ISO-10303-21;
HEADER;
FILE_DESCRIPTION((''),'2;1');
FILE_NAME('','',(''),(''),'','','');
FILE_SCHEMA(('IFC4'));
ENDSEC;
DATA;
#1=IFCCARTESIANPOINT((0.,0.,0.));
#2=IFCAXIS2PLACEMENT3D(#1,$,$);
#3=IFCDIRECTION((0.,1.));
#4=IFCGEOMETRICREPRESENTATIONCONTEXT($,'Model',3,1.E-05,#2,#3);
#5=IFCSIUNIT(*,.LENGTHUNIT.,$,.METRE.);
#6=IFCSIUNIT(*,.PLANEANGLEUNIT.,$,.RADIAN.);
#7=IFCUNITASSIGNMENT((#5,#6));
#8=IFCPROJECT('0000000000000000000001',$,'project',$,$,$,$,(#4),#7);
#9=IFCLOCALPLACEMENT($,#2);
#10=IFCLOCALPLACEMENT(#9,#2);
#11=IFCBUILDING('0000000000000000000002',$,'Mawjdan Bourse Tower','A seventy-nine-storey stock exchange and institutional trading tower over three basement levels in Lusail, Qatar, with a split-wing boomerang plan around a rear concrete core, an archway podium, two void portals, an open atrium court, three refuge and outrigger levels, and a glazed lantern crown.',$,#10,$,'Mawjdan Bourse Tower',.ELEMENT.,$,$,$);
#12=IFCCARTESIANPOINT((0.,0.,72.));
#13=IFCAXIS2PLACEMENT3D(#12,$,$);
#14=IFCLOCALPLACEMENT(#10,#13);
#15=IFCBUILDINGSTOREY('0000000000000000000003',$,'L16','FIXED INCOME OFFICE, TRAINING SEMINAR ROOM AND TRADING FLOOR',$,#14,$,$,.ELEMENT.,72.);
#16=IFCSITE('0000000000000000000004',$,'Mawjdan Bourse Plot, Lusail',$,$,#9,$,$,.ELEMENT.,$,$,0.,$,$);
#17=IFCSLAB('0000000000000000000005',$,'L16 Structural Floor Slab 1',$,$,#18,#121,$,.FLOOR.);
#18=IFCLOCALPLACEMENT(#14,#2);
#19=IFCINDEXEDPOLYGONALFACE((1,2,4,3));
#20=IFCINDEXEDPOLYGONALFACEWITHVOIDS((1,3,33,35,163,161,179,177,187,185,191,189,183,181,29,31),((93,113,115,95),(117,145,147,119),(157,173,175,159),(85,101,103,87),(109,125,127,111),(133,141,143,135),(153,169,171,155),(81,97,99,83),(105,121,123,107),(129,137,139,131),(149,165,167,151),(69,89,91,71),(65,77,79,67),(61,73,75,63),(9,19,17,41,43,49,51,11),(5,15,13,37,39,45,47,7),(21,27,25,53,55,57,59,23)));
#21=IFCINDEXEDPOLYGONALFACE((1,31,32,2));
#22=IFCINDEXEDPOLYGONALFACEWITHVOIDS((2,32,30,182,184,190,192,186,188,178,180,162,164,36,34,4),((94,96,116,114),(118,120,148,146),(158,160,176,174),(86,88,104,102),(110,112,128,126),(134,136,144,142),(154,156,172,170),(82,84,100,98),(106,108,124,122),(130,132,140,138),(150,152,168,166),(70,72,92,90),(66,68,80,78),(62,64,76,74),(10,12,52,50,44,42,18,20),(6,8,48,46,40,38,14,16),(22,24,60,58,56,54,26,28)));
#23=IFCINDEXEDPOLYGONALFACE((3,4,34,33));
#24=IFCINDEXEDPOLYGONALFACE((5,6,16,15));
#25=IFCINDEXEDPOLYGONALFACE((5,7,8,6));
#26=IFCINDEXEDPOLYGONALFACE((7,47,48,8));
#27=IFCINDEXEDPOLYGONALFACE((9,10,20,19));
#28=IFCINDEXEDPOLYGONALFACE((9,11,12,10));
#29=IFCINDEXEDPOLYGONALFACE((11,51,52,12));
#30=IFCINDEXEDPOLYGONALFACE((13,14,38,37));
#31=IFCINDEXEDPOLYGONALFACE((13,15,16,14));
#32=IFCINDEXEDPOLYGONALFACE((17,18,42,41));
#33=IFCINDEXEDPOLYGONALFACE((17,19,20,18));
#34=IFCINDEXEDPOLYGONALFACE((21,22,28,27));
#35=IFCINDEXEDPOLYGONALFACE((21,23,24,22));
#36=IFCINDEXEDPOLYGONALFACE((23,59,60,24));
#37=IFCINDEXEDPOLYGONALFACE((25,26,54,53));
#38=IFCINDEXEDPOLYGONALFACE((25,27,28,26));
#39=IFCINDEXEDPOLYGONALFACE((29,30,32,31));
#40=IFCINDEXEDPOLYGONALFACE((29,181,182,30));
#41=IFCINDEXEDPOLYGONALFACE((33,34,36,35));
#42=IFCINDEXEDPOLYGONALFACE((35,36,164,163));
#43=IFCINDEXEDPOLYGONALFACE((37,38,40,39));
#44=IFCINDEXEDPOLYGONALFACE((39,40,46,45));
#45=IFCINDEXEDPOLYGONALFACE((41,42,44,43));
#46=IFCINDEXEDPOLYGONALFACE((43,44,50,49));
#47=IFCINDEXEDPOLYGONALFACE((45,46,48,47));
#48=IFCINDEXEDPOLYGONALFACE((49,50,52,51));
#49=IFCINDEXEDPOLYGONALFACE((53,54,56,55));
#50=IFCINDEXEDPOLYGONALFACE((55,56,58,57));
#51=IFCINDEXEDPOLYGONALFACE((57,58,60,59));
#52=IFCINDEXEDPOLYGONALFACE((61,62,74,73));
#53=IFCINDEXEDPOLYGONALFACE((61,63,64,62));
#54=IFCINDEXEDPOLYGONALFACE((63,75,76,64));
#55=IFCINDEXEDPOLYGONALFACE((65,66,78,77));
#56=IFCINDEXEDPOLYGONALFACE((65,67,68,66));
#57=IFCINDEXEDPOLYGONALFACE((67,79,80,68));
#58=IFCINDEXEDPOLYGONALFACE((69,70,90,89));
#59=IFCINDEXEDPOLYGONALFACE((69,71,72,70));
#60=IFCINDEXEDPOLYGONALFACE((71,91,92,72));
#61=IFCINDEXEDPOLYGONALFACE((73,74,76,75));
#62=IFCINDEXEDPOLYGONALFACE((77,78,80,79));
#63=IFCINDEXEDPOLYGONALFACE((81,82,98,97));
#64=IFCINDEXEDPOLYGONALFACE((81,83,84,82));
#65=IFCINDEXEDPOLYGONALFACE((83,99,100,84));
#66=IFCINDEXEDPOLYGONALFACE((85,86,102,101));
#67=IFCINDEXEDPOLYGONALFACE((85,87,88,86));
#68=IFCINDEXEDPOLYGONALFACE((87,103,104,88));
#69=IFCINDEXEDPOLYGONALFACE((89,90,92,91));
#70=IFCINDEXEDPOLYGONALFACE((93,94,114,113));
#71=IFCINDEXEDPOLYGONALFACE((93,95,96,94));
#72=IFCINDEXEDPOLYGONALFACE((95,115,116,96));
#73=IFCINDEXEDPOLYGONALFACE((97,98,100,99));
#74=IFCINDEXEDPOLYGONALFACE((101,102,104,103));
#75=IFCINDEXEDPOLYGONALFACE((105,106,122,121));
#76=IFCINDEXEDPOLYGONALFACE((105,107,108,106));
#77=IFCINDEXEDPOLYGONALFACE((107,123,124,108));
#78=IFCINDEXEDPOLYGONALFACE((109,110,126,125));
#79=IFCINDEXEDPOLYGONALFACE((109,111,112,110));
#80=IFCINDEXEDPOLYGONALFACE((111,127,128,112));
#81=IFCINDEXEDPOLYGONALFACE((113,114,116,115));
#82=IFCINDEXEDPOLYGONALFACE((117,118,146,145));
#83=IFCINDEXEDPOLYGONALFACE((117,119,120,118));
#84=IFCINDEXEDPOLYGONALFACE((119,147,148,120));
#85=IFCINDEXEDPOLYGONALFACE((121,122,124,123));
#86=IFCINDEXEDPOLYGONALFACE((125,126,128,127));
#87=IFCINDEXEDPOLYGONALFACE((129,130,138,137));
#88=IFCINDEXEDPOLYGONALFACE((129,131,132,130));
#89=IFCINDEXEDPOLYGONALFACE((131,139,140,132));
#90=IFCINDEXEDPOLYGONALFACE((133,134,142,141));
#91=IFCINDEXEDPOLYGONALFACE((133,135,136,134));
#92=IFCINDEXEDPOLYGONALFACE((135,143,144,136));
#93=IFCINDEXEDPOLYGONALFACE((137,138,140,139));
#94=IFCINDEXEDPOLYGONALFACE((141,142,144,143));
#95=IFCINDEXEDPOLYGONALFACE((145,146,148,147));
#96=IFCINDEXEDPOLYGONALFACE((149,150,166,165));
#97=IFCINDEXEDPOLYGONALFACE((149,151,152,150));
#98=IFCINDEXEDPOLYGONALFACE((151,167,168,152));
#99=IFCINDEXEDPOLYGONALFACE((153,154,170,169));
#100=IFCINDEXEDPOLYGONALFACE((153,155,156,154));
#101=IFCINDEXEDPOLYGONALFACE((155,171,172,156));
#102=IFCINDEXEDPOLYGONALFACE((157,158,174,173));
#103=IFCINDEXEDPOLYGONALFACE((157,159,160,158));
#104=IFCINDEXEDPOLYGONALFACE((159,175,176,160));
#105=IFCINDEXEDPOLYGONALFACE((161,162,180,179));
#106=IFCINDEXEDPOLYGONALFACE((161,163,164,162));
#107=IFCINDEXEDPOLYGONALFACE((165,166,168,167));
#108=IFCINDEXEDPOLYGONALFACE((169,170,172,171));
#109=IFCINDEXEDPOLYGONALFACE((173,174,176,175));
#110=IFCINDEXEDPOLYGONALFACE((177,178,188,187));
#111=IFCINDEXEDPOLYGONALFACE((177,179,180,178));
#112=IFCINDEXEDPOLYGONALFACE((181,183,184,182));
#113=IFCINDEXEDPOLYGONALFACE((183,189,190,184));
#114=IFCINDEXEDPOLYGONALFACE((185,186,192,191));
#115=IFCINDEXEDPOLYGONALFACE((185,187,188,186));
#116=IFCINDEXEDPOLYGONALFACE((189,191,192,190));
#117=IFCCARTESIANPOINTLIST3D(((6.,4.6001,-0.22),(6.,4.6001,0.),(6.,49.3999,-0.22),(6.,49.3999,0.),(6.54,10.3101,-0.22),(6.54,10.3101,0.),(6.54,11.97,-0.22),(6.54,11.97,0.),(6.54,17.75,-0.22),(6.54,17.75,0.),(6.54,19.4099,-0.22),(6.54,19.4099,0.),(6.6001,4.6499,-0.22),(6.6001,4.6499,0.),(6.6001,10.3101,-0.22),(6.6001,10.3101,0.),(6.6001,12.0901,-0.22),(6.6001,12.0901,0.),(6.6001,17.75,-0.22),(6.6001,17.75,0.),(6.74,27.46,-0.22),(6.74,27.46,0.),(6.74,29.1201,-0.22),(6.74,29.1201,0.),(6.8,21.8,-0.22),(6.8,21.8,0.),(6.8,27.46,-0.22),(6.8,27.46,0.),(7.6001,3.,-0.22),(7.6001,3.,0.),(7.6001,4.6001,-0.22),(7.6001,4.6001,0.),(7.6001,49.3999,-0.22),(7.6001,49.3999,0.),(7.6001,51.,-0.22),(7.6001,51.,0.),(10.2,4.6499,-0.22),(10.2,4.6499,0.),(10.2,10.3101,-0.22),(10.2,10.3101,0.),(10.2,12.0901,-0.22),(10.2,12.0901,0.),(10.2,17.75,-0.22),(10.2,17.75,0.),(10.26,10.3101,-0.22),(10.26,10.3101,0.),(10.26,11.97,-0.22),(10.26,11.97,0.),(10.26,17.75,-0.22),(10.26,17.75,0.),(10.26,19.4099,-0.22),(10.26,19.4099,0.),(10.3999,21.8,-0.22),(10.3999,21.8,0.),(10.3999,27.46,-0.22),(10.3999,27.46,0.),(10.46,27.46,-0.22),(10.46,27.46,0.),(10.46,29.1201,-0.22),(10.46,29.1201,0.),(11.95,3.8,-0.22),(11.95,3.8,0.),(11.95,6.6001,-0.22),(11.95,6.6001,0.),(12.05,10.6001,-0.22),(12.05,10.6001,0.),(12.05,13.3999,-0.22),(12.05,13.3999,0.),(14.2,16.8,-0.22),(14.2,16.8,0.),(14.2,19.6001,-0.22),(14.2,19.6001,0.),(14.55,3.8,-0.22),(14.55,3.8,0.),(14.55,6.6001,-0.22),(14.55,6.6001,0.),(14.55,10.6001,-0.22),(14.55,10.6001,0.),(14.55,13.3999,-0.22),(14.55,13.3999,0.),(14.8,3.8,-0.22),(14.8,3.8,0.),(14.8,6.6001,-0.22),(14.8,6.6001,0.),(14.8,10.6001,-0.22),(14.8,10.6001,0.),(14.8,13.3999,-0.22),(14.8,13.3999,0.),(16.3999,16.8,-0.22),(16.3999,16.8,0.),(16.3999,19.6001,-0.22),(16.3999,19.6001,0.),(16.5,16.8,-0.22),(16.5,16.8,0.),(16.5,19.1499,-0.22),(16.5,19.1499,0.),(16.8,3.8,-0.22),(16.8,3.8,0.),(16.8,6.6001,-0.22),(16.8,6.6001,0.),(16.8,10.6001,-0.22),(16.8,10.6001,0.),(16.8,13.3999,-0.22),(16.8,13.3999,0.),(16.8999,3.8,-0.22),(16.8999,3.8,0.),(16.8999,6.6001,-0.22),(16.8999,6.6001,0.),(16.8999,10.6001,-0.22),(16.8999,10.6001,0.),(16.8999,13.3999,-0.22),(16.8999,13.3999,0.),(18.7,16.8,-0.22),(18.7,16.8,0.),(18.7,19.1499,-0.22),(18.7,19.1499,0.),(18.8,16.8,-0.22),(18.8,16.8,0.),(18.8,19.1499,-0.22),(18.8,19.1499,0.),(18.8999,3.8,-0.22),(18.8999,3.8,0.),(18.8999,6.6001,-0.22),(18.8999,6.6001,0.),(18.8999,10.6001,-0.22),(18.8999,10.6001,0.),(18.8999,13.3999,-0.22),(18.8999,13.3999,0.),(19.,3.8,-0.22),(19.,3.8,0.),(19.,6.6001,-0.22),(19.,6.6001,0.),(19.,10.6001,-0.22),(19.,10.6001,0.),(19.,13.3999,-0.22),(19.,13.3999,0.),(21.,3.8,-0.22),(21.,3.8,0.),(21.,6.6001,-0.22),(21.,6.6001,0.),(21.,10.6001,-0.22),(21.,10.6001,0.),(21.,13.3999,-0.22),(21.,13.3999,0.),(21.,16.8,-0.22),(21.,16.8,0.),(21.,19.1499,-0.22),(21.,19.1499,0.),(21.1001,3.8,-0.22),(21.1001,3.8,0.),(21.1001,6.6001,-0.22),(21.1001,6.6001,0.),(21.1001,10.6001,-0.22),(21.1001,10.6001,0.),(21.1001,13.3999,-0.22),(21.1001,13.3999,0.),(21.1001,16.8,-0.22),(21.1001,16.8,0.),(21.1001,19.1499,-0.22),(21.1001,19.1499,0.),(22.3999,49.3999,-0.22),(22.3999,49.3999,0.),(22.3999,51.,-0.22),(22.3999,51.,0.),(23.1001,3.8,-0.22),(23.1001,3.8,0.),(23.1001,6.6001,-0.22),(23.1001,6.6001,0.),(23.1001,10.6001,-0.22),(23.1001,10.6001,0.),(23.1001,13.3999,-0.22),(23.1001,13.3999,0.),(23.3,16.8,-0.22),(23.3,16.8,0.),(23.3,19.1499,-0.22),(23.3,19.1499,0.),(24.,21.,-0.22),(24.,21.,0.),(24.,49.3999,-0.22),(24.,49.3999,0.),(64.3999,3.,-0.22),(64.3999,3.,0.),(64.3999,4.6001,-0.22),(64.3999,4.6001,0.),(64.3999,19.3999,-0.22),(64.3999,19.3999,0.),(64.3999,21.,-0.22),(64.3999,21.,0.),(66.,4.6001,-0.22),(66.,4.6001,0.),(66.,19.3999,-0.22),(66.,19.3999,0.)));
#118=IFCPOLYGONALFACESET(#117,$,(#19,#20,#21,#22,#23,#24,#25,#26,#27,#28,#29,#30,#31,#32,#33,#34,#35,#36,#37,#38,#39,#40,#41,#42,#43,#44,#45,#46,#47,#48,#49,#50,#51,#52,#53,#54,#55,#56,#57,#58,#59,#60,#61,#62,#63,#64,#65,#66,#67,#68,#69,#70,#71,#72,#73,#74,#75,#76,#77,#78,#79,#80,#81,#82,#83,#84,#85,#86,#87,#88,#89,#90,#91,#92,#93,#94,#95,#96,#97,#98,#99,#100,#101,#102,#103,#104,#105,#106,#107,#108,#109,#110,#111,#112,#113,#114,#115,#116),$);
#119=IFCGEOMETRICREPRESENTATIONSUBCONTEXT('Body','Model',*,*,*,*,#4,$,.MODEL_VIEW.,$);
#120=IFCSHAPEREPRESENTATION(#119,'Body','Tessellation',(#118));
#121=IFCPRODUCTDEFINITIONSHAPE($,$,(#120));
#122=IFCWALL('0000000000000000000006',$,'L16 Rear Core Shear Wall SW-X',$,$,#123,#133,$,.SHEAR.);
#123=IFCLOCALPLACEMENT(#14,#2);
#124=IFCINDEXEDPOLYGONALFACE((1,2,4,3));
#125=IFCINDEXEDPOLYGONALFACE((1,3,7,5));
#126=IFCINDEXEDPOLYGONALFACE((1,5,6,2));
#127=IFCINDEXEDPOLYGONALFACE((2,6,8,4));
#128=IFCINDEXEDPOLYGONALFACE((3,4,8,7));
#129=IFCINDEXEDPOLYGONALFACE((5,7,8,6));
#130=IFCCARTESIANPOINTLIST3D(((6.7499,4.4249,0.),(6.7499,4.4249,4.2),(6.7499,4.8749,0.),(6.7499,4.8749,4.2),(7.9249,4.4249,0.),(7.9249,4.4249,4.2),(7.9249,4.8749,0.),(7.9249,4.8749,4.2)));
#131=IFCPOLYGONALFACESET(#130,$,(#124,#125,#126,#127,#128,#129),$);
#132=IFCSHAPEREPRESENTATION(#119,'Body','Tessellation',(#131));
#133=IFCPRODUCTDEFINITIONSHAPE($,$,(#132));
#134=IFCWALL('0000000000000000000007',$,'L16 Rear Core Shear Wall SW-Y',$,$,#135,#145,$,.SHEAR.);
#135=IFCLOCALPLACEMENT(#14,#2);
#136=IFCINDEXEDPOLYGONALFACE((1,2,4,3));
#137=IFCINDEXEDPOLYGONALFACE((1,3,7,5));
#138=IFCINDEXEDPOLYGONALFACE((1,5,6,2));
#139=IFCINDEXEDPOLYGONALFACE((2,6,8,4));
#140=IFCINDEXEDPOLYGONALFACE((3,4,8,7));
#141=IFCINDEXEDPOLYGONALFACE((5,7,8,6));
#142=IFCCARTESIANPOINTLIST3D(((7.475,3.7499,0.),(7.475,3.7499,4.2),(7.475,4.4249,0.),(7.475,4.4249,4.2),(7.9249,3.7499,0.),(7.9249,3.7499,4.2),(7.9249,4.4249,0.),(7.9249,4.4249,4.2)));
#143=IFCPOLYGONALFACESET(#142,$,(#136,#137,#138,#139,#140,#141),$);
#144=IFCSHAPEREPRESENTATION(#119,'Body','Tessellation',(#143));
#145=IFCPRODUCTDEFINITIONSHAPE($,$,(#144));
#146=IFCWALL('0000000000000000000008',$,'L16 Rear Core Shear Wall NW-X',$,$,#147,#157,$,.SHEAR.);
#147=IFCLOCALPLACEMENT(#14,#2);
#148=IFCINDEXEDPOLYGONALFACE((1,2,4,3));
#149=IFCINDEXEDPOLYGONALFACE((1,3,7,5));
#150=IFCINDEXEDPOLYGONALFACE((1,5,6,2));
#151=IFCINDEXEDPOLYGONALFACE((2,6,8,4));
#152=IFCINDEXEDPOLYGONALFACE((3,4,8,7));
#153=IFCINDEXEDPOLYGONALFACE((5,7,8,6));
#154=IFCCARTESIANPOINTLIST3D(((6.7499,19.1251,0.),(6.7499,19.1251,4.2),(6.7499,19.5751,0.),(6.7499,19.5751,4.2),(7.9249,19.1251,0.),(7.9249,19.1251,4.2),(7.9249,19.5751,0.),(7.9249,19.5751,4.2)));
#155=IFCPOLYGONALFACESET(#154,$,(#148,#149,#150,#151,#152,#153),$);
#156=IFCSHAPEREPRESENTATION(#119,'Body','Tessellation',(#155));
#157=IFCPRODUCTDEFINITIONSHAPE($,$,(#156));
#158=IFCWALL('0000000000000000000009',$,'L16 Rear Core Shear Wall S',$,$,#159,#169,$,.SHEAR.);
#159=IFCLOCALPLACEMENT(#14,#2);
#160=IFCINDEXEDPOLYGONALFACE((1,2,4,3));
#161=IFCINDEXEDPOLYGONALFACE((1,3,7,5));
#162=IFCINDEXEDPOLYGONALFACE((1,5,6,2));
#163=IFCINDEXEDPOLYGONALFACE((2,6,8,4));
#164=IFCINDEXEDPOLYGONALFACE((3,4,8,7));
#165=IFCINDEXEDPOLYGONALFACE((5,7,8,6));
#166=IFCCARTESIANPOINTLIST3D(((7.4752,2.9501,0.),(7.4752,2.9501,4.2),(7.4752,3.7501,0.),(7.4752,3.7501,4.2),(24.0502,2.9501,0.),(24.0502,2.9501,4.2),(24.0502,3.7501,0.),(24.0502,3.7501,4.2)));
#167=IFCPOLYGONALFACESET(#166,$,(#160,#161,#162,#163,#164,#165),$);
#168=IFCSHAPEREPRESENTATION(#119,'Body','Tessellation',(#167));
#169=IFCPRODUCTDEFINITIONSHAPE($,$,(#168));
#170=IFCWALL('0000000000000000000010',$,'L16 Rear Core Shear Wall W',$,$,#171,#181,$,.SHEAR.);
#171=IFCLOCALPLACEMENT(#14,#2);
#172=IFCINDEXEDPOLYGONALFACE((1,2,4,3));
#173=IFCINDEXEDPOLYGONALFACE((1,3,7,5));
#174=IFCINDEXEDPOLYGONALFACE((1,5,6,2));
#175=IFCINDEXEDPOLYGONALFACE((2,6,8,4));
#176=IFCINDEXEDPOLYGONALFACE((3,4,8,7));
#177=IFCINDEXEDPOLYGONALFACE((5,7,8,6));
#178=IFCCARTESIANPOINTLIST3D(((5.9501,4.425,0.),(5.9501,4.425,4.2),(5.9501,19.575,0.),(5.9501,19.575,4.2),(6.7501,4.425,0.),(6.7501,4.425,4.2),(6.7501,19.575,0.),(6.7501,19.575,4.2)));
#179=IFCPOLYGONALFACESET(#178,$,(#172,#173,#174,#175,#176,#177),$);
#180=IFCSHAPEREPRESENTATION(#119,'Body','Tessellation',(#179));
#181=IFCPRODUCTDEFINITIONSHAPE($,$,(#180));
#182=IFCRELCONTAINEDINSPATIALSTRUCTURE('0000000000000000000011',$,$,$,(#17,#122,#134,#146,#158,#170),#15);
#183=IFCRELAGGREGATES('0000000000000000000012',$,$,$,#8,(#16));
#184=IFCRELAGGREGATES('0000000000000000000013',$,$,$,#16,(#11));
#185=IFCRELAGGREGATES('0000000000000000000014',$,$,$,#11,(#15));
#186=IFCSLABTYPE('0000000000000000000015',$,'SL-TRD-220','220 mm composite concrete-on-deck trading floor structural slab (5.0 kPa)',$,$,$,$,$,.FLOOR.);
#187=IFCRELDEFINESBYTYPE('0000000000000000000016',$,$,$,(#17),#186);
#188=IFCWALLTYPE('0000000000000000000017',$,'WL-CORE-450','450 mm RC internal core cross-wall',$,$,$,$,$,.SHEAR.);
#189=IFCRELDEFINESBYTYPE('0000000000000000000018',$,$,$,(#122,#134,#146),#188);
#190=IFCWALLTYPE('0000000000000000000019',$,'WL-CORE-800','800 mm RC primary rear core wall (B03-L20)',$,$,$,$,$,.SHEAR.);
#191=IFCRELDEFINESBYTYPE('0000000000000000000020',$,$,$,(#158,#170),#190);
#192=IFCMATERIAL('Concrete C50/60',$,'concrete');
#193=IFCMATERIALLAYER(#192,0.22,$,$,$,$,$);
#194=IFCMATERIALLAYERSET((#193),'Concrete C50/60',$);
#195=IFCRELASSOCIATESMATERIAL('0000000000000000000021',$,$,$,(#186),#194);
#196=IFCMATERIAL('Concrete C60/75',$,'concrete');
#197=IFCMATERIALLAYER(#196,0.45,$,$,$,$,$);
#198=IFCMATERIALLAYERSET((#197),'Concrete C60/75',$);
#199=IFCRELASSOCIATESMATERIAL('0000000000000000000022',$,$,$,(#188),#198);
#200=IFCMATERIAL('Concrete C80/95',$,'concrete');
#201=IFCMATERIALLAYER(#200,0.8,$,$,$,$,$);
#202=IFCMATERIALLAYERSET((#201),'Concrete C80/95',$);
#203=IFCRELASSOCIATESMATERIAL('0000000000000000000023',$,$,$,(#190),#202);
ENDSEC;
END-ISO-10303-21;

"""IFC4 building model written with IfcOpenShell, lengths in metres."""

from ifc_helpers import new_model, si_unit, direction, frame, frame_2d, origin, place, context, subcontext, project, spatial, polyline, rectangle, outline, extrude, material, layer, layer_set, type_object, element, save


model = new_model("IFC4")

# Units and contexts
model_context = context("Model", 3, precision=1e-05, world=origin(), true_north=direction((0.0, 1.0)))
body_context = subcontext(model_context, "Body", "Model", "MODEL_VIEW")
ifc_project = project(units=[si_unit("LENGTHUNIT", "METRE"), si_unit("PLANEANGLEUNIT", "RADIAN")], contexts=[model_context])

# Site, building, storey
site_placement = place(None, origin())
site = spatial("IfcSite", under=ifc_project, at=site_placement, Name="Mawjdan Bourse Plot, Lusail", CompositionType="ELEMENT", RefElevation=0.0)
building_placement = place(site_placement, origin())
building = spatial("IfcBuilding", under=site, at=building_placement, Name="Mawjdan Bourse Tower", Description="A seventy-nine-storey stock exchange and institutional trading tower over three basement levels in Lusail, Qatar, with a split-wing boomerang plan around a rear concrete core, an archway podium, two void portals, an open atrium court, three refuge and outrigger levels, and a glazed lantern crown.", LongName="Mawjdan Bourse Tower", CompositionType="ELEMENT")
storey_placement = place(building_placement, frame((0.0, 0.0, 72.0)))
storey = spatial("IfcBuildingStorey", under=building, at=storey_placement, Name="L16", Description="FIXED INCOME OFFICE, TRAINING SEMINAR ROOM AND TRADING FLOOR", CompositionType="ELEMENT", Elevation=72.0)

# Shared definitions
ifc_material_1 = material(Name="Concrete C50/60", Category="concrete")

# Slab
ifc_layer_1 = layer(ifc_material_1, 0.22)
ifc_layer_set_1 = layer_set([ifc_layer_1], Name="Concrete C50/60")
slab_type_1 = type_object("IfcSlabType", Name="SL-TRD-220", Description="220 mm composite concrete-on-deck trading floor structural slab (5.0 kPa)", PredefinedType="FLOOR", material=ifc_layer_set_1)
slab_1_placement = place(storey_placement, frame((0.0, 0.0, -0.22)))
element("IfcSlab", 1, at=slab_1_placement, inside=storey, type_object=slab_type_1, Name="L16 Structural Floor Slab 1", PredefinedType="FLOOR", context=body_context, shape_type="SweptSolid", body=[
    extrude(outline(polyline([(7.6001, 3.0), (64.3999, 3.0), (64.3999, 4.6001), (66.0, 4.6001), (66.0, 19.3999), (64.3999, 19.3999), (64.3999, 21.0), (24.0, 21.0), (24.0, 49.3999), (22.3999, 49.3999), (22.3999, 51.0), (7.6001, 51.0), (7.6001, 49.3999), (6.0, 49.3999), (6.0, 4.6001), (7.6001, 4.6001), (7.6001, 3.0)]), holes=[polyline([(11.95, 3.8), (11.95, 6.6001), (14.55, 6.6001), (14.55, 3.8), (11.95, 3.8)]), polyline([(14.8, 3.8), (14.8, 6.6001), (16.8, 6.6001), (16.8, 3.8), (14.8, 3.8)]), polyline([(10.26, 11.97), (10.26, 10.3101), (10.2, 10.3101), (10.2, 4.6499), (6.6001, 4.6499), (6.6001, 10.3101), (6.54, 10.3101), (6.54, 11.97), (10.26, 11.97)]), polyline([(12.05, 13.3999), (14.55, 13.3999), (14.55, 10.6001), (12.05, 10.6001), (12.05, 13.3999)]), polyline([(6.6001, 17.75), (6.54, 17.75), (6.54, 19.4099), (10.26, 19.4099), (10.26, 17.75), (10.2, 17.75), (10.2, 12.0901), (6.6001, 12.0901), (6.6001, 17.75)]), polyline([(14.2, 16.8), (14.2, 19.6001), (16.3999, 19.6001), (16.3999, 16.8), (14.2, 16.8)]), polyline([(10.46, 27.46), (10.3999, 27.46), (10.3999, 21.8), (6.8, 21.8), (6.8, 27.46), (6.74, 27.46), (6.74, 29.1201), (10.46, 29.1201), (10.46, 27.46)]), polyline([(16.8999, 3.8), (16.8999, 6.6001), (18.8999, 6.6001), (18.8999, 3.8), (16.8999, 3.8)]), polyline([(19.0, 3.8), (19.0, 6.6001), (21.0, 6.6001), (21.0, 3.8), (19.0, 3.8)]), polyline([(21.1001, 3.8), (21.1001, 6.6001), (23.1001, 6.6001), (23.1001, 3.8), (21.1001, 3.8)]), polyline([(14.8, 13.3999), (16.8, 13.3999), (16.8, 10.6001), (14.8, 10.6001), (14.8, 13.3999)]), polyline([(16.8999, 13.3999), (18.8999, 13.3999), (18.8999, 10.6001), (16.8999, 10.6001), (16.8999, 13.3999)]), polyline([(19.0, 10.6001), (19.0, 13.3999), (21.0, 13.3999), (21.0, 10.6001), (19.0, 10.6001)]), polyline([(21.1001, 10.6001), (21.1001, 13.3999), (23.1001, 13.3999), (23.1001, 10.6001), (21.1001, 10.6001)]), polyline([(16.5, 16.8), (16.5, 19.1499), (18.7, 19.1499), (18.7, 16.8), (16.5, 16.8)]), polyline([(18.8, 19.1499), (21.0, 19.1499), (21.0, 16.8), (18.8, 16.8), (18.8, 19.1499)]), polyline([(21.1001, 19.1499), (23.3, 19.1499), (23.3, 16.8), (21.1001, 16.8), (21.1001, 19.1499)])]), origin(), (0.0, 0.0, 1.0), 0.22),
])

# Walls
ifc_material_2 = material(Name="Concrete C60/75", Category="concrete")
ifc_layer_2 = layer(ifc_material_2, 0.45)
ifc_layer_set_2 = layer_set([ifc_layer_2], Name="Concrete C60/75")
wall_type_1 = type_object("IfcWallType", Name="WL-CORE-450", Description="450 mm RC internal core cross-wall", PredefinedType="SHEAR", material=ifc_layer_set_2)
wall_1_placement = place(storey_placement, frame((6.75, 4.6499, 0.0), z_axis=(0.0, 0.0, 1.0), x_axis=(1.0, 0.0, 0.0)))
element("IfcWall", 2, at=wall_1_placement, inside=storey, type_object=wall_type_1, Name="L16 Rear Core Shear Wall SW-X", PredefinedType="SHEAR", context=body_context, shape_type="SweptSolid", body=[
    extrude(rectangle(XDim=1.175, YDim=0.45, at=frame_2d((0.5874, 0.0))), origin(), (0.0, 0.0, 1.0), 4.2),
])
wall_2_placement = place(storey_placement, frame((7.7, 3.75, 0.0), z_axis=(0.0, 0.0, 1.0), x_axis=(0.0, 1.0, 0.0)))
element("IfcWall", 3, at=wall_2_placement, inside=storey, type_object=wall_type_1, Name="L16 Rear Core Shear Wall SW-Y", PredefinedType="SHEAR", context=body_context, shape_type="SweptSolid", body=[
    extrude(rectangle(XDim=0.675, YDim=0.45, at=frame_2d((0.3374, 0.0))), origin(), (0.0, 0.0, 1.0), 4.2),
])
wall_3_placement = place(storey_placement, frame((6.75, 19.3501, 0.0), z_axis=(0.0, 0.0, 1.0), x_axis=(1.0, 0.0, 0.0)))
element("IfcWall", 4, at=wall_3_placement, inside=storey, type_object=wall_type_1, Name="L16 Rear Core Shear Wall NW-X", PredefinedType="SHEAR", context=body_context, shape_type="SweptSolid", body=[
    extrude(rectangle(XDim=1.175, YDim=0.45, at=frame_2d((0.5874, 0.0))), origin(), (0.0, 0.0, 1.0), 4.2),
])
ifc_material_3 = material(Name="Concrete C80/95", Category="concrete")
ifc_layer_3 = layer(ifc_material_3, 0.8)
ifc_layer_set_3 = layer_set([ifc_layer_3], Name="Concrete C80/95")
wall_type_2 = type_object("IfcWallType", Name="WL-CORE-800", Description="800 mm RC primary rear core wall (B03-L20)", PredefinedType="SHEAR", material=ifc_layer_set_3)
wall_4_placement = place(storey_placement, frame((7.4751, 3.3501, 0.0), z_axis=(0.0, 0.0, 1.0), x_axis=(1.0, 0.0, 0.0)))
element("IfcWall", 5, at=wall_4_placement, inside=storey, type_object=wall_type_2, Name="L16 Rear Core Shear Wall S", PredefinedType="SHEAR", context=body_context, shape_type="SweptSolid", body=[
    extrude(rectangle(XDim=16.575, YDim=0.8, at=frame_2d((8.2876, 0.0))), origin(), (0.0, 0.0, 1.0), 4.2),
])
wall_5_placement = place(storey_placement, frame((6.3501, 4.425, 0.0), z_axis=(0.0, 0.0, 1.0), x_axis=(0.0, 1.0, 0.0)))
element("IfcWall", 6, at=wall_5_placement, inside=storey, type_object=wall_type_2, Name="L16 Rear Core Shear Wall W", PredefinedType="SHEAR", context=body_context, shape_type="SweptSolid", body=[
    extrude(rectangle(XDim=15.1499, YDim=0.8, at=frame_2d((7.575, 0.0))), origin(), (0.0, 0.0, 1.0), 4.2),
])

save(model, "model.ifc")
